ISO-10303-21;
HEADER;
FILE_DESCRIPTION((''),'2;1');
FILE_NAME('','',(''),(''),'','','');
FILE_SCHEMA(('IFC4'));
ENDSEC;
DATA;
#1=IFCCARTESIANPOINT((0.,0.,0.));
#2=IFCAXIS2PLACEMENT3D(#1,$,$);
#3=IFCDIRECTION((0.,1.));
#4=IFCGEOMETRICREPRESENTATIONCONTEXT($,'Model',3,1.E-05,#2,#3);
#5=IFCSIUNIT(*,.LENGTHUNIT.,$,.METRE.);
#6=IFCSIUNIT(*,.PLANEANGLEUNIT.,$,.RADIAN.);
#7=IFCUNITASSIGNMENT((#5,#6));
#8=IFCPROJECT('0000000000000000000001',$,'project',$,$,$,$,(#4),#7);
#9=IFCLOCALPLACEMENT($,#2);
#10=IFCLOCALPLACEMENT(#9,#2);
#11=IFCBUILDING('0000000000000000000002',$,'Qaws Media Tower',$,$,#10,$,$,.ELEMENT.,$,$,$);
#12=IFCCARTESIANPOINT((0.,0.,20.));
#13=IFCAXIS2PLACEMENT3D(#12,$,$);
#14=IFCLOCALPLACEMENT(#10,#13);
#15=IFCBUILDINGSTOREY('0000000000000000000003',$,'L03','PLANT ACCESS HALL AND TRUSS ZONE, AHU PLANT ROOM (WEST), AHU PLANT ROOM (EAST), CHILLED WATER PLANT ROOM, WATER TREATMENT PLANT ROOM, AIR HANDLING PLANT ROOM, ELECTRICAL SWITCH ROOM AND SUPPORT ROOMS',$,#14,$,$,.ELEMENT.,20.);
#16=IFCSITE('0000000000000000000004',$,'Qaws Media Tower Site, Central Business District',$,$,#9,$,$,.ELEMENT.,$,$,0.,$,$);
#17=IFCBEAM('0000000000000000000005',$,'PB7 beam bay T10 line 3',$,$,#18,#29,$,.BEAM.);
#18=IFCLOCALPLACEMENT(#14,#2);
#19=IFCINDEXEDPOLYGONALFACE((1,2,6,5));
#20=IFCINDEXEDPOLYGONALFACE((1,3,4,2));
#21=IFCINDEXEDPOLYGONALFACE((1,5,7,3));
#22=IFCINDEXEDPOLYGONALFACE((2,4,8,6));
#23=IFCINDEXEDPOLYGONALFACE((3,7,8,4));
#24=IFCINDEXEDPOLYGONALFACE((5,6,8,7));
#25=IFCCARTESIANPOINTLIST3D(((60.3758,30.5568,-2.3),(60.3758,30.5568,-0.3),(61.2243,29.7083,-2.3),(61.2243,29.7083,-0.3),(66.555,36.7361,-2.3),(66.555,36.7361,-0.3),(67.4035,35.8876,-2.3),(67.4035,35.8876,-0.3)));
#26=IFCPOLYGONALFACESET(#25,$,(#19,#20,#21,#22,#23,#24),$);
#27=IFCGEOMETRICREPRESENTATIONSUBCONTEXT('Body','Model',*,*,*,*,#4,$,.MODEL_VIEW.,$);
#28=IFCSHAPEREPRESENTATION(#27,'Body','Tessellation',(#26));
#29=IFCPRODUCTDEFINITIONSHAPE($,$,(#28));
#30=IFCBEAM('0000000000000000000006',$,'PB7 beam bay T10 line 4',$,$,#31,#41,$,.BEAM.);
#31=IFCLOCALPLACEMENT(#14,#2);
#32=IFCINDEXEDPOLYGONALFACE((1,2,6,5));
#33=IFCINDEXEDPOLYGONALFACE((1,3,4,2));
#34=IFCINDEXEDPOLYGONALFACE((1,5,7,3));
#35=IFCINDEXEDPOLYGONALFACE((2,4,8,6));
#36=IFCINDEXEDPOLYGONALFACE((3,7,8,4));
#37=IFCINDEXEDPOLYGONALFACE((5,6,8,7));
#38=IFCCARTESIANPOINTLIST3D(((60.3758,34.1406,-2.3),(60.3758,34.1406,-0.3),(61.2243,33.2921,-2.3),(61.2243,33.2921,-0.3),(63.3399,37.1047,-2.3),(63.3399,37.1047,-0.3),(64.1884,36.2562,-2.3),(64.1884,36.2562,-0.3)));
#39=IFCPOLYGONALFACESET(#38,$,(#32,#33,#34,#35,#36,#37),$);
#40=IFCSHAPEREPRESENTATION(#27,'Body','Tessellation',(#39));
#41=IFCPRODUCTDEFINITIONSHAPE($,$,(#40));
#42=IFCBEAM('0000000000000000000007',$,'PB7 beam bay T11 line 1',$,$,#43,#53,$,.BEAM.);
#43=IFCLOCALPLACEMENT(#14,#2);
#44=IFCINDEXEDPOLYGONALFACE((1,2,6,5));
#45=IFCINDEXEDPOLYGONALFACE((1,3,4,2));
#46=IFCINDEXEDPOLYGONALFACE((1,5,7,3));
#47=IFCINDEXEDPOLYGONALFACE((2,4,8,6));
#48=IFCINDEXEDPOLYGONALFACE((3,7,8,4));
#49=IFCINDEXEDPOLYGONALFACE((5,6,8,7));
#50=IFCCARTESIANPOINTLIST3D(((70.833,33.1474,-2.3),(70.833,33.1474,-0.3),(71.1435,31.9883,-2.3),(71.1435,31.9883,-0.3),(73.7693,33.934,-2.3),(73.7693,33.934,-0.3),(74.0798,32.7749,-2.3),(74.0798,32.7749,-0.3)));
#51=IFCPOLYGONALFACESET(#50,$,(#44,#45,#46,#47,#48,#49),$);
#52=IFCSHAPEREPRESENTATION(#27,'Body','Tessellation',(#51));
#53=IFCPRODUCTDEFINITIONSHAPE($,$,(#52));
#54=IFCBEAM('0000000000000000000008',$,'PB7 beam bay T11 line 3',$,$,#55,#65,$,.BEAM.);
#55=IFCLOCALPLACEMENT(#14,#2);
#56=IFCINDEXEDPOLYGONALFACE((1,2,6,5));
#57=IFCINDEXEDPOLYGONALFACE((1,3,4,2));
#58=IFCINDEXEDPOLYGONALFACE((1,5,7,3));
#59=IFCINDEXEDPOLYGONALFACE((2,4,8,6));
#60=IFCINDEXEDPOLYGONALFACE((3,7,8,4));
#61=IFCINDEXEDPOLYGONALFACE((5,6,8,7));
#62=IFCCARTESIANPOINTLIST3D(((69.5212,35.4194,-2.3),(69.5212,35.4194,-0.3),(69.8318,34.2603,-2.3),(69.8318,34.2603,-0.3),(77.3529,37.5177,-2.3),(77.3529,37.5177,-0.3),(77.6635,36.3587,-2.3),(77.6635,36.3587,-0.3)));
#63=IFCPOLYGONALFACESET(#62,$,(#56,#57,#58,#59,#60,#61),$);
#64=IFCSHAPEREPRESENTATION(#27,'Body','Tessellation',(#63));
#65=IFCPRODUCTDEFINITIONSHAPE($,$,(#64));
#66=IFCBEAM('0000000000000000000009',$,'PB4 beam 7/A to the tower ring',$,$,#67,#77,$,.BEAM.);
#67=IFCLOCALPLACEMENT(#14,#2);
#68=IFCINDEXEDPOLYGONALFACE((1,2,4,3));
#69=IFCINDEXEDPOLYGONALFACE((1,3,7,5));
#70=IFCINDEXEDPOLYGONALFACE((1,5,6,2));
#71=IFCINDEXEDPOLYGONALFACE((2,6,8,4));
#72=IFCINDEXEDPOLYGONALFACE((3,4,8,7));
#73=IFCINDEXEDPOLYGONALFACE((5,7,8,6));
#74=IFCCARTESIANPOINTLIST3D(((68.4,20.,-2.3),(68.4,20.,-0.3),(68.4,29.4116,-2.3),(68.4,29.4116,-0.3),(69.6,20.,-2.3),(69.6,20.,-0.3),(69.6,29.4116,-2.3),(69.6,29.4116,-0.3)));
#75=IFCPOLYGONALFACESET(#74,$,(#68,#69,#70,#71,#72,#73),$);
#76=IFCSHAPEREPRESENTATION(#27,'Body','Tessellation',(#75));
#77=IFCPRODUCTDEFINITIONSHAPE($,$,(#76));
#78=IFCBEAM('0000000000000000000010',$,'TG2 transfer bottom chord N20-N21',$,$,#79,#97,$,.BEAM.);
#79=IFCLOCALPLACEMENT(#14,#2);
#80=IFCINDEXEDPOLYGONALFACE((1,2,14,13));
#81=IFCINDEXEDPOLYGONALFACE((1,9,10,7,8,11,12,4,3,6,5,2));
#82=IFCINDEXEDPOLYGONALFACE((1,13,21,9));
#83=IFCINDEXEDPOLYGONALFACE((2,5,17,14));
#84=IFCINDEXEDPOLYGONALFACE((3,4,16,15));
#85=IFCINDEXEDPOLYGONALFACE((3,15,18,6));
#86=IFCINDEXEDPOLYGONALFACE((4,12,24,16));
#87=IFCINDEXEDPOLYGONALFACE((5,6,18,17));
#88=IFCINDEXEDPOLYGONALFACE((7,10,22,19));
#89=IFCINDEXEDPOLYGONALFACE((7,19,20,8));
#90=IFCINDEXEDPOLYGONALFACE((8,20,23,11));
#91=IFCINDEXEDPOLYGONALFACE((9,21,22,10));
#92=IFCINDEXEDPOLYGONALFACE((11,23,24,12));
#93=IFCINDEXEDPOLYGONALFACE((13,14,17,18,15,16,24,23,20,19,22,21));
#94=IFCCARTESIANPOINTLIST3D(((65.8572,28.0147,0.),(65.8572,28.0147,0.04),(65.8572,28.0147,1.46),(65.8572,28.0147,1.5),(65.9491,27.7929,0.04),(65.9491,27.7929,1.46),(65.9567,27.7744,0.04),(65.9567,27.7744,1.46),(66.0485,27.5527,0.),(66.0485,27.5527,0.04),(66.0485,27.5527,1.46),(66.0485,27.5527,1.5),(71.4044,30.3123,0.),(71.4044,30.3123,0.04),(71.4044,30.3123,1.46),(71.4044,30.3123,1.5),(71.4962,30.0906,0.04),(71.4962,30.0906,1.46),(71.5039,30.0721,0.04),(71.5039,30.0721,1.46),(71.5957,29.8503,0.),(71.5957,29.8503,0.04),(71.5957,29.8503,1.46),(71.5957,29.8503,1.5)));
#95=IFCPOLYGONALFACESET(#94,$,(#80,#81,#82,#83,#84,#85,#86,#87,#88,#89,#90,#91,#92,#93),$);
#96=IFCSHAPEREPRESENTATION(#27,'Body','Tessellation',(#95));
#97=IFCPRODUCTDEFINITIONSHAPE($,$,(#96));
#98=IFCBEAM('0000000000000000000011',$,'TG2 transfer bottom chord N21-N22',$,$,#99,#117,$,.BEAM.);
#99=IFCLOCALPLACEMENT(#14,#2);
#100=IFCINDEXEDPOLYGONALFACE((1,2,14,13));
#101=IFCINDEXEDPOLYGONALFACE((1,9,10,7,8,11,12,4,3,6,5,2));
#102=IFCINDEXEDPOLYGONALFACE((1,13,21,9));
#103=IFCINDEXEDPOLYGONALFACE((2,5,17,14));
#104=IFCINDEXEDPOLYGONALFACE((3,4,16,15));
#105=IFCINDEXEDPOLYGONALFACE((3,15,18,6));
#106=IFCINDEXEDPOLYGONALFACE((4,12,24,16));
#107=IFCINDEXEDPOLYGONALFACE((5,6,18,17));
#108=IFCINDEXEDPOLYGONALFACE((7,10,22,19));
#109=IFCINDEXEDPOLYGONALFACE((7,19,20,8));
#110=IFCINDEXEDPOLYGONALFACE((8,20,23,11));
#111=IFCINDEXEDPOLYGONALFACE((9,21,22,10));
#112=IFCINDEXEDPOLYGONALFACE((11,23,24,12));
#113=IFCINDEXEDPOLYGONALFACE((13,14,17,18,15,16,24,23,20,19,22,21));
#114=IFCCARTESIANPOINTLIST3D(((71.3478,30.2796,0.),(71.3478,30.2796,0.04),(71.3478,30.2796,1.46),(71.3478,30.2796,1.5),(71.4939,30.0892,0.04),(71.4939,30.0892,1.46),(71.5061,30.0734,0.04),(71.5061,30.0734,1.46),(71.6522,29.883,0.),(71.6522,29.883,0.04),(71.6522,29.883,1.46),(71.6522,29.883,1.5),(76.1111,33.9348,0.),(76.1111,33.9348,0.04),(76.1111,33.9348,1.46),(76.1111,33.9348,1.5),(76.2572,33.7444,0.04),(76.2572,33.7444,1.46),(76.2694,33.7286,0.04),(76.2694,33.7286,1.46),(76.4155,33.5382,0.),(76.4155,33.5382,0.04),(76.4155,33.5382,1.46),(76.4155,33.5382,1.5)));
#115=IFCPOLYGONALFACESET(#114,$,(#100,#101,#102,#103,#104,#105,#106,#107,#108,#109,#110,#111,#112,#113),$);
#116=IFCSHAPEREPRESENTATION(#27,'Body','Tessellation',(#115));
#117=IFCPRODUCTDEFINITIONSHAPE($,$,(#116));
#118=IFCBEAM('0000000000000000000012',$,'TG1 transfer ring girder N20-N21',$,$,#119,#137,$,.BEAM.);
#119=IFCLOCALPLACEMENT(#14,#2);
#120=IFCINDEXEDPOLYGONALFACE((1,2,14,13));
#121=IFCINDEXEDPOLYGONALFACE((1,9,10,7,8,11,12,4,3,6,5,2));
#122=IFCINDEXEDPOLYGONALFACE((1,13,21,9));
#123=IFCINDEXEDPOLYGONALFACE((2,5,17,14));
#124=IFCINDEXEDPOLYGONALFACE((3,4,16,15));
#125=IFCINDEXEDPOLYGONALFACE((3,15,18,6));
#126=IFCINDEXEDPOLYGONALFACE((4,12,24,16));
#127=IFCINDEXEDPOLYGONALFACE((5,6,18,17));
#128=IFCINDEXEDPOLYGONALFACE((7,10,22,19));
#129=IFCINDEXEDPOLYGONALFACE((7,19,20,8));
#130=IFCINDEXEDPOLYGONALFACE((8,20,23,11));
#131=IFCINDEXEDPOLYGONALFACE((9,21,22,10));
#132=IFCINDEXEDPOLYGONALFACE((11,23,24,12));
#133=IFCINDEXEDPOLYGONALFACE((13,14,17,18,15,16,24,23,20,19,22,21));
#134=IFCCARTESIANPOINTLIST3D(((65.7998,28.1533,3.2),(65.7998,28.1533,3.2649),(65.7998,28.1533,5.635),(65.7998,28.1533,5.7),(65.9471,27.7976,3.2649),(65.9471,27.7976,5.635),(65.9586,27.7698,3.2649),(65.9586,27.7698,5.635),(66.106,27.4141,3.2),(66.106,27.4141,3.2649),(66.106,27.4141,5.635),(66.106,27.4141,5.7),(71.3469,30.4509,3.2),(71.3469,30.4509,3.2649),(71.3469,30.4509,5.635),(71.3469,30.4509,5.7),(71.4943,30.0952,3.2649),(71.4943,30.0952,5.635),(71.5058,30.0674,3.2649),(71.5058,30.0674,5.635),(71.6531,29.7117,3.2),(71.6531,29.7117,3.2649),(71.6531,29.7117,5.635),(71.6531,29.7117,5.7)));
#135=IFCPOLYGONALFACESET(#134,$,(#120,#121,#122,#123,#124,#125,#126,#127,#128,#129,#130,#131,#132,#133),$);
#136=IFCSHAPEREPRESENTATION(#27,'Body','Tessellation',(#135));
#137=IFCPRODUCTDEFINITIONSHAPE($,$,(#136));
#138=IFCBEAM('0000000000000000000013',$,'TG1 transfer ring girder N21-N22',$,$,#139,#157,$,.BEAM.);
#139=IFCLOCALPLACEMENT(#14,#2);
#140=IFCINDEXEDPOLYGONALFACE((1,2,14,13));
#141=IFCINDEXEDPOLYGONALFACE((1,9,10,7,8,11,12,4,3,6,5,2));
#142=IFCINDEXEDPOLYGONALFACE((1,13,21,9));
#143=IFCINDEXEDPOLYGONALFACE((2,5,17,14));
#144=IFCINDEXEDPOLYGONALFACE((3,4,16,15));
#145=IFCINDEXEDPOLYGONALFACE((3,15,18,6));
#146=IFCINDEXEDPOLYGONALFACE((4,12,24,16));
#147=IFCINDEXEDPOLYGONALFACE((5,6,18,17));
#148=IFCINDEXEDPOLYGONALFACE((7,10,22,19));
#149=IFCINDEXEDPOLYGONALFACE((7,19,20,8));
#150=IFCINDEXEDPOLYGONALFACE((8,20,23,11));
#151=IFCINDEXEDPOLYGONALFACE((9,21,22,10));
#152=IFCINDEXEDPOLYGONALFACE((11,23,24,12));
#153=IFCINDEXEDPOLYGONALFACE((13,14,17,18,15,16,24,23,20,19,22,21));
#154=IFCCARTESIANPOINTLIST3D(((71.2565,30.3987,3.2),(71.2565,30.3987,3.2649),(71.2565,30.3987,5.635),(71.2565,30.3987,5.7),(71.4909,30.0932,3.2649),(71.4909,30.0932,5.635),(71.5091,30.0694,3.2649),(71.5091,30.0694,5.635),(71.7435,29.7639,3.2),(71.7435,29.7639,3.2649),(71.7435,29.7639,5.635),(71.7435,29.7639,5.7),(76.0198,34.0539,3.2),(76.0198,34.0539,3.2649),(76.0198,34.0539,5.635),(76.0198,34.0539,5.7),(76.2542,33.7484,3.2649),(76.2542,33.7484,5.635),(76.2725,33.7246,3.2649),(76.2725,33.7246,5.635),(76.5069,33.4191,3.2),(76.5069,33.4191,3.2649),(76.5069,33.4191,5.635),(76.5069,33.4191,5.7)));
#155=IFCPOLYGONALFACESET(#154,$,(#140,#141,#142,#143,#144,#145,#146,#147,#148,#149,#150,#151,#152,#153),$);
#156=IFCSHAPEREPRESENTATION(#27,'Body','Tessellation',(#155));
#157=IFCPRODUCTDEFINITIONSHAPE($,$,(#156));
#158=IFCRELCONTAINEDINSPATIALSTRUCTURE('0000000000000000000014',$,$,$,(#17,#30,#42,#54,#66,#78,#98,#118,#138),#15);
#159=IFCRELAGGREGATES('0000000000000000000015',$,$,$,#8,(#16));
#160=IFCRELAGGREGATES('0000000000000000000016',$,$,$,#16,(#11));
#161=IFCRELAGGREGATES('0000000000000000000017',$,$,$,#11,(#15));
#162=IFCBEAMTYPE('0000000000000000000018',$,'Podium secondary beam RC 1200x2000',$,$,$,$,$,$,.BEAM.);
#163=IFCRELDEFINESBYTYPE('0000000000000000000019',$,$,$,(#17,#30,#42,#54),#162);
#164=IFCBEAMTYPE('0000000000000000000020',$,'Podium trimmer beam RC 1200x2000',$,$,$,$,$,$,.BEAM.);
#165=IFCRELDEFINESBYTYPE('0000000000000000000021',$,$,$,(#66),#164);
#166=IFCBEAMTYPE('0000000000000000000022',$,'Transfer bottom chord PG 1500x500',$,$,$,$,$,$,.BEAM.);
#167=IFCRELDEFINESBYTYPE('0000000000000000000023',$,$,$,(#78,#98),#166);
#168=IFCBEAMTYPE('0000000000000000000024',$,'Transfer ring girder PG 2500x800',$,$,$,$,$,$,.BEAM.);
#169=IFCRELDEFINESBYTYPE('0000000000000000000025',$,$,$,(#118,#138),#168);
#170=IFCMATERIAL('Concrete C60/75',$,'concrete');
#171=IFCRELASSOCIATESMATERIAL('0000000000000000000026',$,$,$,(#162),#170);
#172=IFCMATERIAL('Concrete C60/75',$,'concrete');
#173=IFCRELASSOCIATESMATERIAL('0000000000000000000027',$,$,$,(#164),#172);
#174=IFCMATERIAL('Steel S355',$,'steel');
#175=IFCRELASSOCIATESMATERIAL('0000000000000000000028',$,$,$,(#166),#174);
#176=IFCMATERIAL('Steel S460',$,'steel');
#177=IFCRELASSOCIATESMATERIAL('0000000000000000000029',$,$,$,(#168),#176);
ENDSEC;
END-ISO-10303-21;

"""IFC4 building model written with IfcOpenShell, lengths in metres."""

from ifc_helpers import new_model, si_unit, direction, frame, origin, origin_2d, place, context, subcontext, project, spatial, rectangle, i_section, extrude, material, material_profile, profile_set, type_object, element, save


model = new_model("IFC4")

# Units and contexts
model_context = context("Model", 3, precision=1e-05, world=origin(), true_north=direction((0.0, 1.0)))
body_context = subcontext(model_context, "Body", "Model", "MODEL_VIEW")
ifc_project = project(units=[si_unit("LENGTHUNIT", "METRE"), si_unit("PLANEANGLEUNIT", "RADIAN")], contexts=[model_context])

# Site, building, storey
site_placement = place(None, origin())
site = spatial("IfcSite", under=ifc_project, at=site_placement, Name="Qaws Media Tower Site, Central Business District", CompositionType="ELEMENT", RefElevation=0.0)
building_placement = place(site_placement, origin())
building = spatial("IfcBuilding", under=site, at=building_placement, Name="Qaws Media Tower", CompositionType="ELEMENT")
storey_placement = place(building_placement, frame((0.0, 0.0, 20.0)))
storey = spatial("IfcBuildingStorey", under=building, at=storey_placement, Name="L03", Description="PLANT ACCESS HALL AND TRUSS ZONE, AHU PLANT ROOM (WEST), AHU PLANT ROOM (EAST), CHILLED WATER PLANT ROOM, WATER TREATMENT PLANT ROOM, AIR HANDLING PLANT ROOM, ELECTRICAL SWITCH ROOM AND SUPPORT ROOMS", CompositionType="ELEMENT", Elevation=20.0)

# Beams
ifc_material_1 = material(Name="Concrete C60/75", Category="concrete")
ifc_material_profile_1 = material_profile(ifc_material_1, rectangle(XDim=1.2, YDim=2.0, at=origin_2d()), Name="RC 1200x2000")
ifc_profile_set_1 = profile_set([ifc_material_profile_1], Name="Concrete C60/75")
beam_type_1 = type_object("IfcBeamType", Name="Podium secondary beam RC 1200x2000", PredefinedType="BEAM", material=ifc_profile_set_1)
beam_1_placement = place(storey_placement, frame((60.8, 30.1326, -1.3), z_axis=(0.707107, 0.707107, 0.0), x_axis=(-0.707107, 0.707107, 0.0)))
element("IfcBeam", 1, at=beam_1_placement, inside=storey, type_object=beam_type_1, Name="PB7 beam bay T10 line 3", PredefinedType="BEAM", context=body_context, shape_type="SweptSolid", body=[
    extrude(rectangle(XDim=1.2, YDim=2.0, at=origin_2d()), origin(), (0.0, 0.0, 1.0), 8.7388),
])
beam_2_placement = place(storey_placement, frame((60.8, 33.7163, -1.3), z_axis=(0.707107, 0.707107, 0.0), x_axis=(-0.707107, 0.707107, 0.0)))
element("IfcBeam", 2, at=beam_2_placement, inside=storey, type_object=beam_type_1, Name="PB7 beam bay T10 line 4", PredefinedType="BEAM", context=body_context, shape_type="SweptSolid", body=[
    extrude(rectangle(XDim=1.2, YDim=2.0, at=origin_2d()), origin(), (0.0, 0.0, 1.0), 4.1919),
])
beam_3_placement = place(storey_placement, frame((70.9883, 32.5679, -1.3), z_axis=(0.965938, 0.258772, 0.0), x_axis=(-0.258772, 0.965938, 0.0)))
element("IfcBeam", 3, at=beam_3_placement, inside=storey, type_object=beam_type_1, Name="PB7 beam bay T11 line 1", PredefinedType="BEAM", context=body_context, shape_type="SweptSolid", body=[
    extrude(rectangle(XDim=1.2, YDim=2.0, at=origin_2d()), origin(), (0.0, 0.0, 1.0), 3.0398),
])
beam_4_placement = place(storey_placement, frame((69.6765, 34.8398, -1.3), z_axis=(0.96593, 0.258804, 0.0), x_axis=(-0.258804, 0.96593, 0.0)))
element("IfcBeam", 4, at=beam_4_placement, inside=storey, type_object=beam_type_1, Name="PB7 beam bay T11 line 3", PredefinedType="BEAM", context=body_context, shape_type="SweptSolid", body=[
    extrude(rectangle(XDim=1.2, YDim=2.0, at=origin_2d()), origin(), (0.0, 0.0, 1.0), 8.1079),
])
ifc_material_2 = material(Name="Concrete C60/75", Category="concrete")
ifc_material_profile_2 = material_profile(ifc_material_2, rectangle(XDim=1.2, YDim=2.0, at=origin_2d()), Name="RC 1200x2000")
ifc_profile_set_2 = profile_set([ifc_material_profile_2], Name="Concrete C60/75")
beam_type_2 = type_object("IfcBeamType", Name="Podium trimmer beam RC 1200x2000", PredefinedType="BEAM", material=ifc_profile_set_2)
beam_5_placement = place(storey_placement, frame((69.0, 20.0, -1.3), z_axis=(0.0, 1.0, 0.0), x_axis=(-1.0, 0.0, 0.0)))
element("IfcBeam", 5, at=beam_5_placement, inside=storey, type_object=beam_type_2, Name="PB4 beam 7/A to the tower ring", PredefinedType="BEAM", context=body_context, shape_type="SweptSolid", body=[
    extrude(rectangle(XDim=1.2, YDim=2.0, at=origin_2d()), origin(), (0.0, 0.0, 1.0), 9.4116),
])
ifc_material_3 = material(Name="Steel S355", Category="steel")
ifc_material_profile_3 = material_profile(ifc_material_3, i_section(OverallWidth=0.5, OverallDepth=1.5, WebThickness=0.02, FlangeThickness=0.04, at=origin_2d()), Name="PG 1500x500")
ifc_profile_set_3 = profile_set([ifc_material_profile_3], Name="Steel S355")
beam_type_3 = type_object("IfcBeamType", Name="Transfer bottom chord PG 1500x500", PredefinedType="BEAM", material=ifc_profile_set_3)
for number, where, z_axis, x_axis, name in (
    (6, (65.9529, 27.7837, 0.75), (0.923885, 0.382671, 0.0), (-0.382671, 0.923885, 0.0), "TG2 transfer bottom chord N20-N21"),
    (7, (71.5, 30.0813, 0.75), (0.79334, 0.608779, 0.0), (-0.608779, 0.79334, 0.0), "TG2 transfer bottom chord N21-N22"),
):
    element("IfcBeam", number, at=place(storey_placement, frame(where, z_axis=z_axis, x_axis=x_axis)), inside=storey, type_object=beam_type_3, Name=name, PredefinedType="BEAM", context=body_context, shape_type="SweptSolid", body=[
        extrude(i_section(OverallWidth=0.5, OverallDepth=1.5, WebThickness=0.02, FlangeThickness=0.04, at=origin_2d()), origin(), (0.0, 0.0, 1.0), 6.0042),
    ])
ifc_material_4 = material(Name="Steel S460", Category="steel")
ifc_material_profile_4 = material_profile(ifc_material_4, i_section(OverallWidth=0.8, OverallDepth=2.5, WebThickness=0.03, FlangeThickness=0.0649, at=origin_2d()), Name="PG 2500x800")
ifc_profile_set_4 = profile_set([ifc_material_profile_4], Name="Steel S460")
beam_type_4 = type_object("IfcBeamType", Name="Transfer ring girder PG 2500x800", PredefinedType="BEAM", material=ifc_profile_set_4)
for number, where, z_axis, x_axis, name in (
    (8, (65.9529, 27.7837, 4.45), (0.923885, 0.382671, 0.0), (-0.382671, 0.923885, 0.0), "TG1 transfer ring girder N20-N21"),
    (9, (71.5, 30.0813, 4.45), (0.79334, 0.608779, 0.0), (-0.608779, 0.79334, 0.0), "TG1 transfer ring girder N21-N22"),
):
    element("IfcBeam", number, at=place(storey_placement, frame(where, z_axis=z_axis, x_axis=x_axis)), inside=storey, type_object=beam_type_4, Name=name, PredefinedType="BEAM", context=body_context, shape_type="SweptSolid", body=[
        extrude(i_section(OverallWidth=0.8, OverallDepth=2.5, WebThickness=0.03, FlangeThickness=0.0649, at=origin_2d()), origin(), (0.0, 0.0, 1.0), 6.0042),
    ])

save(model, "model.ifc")
